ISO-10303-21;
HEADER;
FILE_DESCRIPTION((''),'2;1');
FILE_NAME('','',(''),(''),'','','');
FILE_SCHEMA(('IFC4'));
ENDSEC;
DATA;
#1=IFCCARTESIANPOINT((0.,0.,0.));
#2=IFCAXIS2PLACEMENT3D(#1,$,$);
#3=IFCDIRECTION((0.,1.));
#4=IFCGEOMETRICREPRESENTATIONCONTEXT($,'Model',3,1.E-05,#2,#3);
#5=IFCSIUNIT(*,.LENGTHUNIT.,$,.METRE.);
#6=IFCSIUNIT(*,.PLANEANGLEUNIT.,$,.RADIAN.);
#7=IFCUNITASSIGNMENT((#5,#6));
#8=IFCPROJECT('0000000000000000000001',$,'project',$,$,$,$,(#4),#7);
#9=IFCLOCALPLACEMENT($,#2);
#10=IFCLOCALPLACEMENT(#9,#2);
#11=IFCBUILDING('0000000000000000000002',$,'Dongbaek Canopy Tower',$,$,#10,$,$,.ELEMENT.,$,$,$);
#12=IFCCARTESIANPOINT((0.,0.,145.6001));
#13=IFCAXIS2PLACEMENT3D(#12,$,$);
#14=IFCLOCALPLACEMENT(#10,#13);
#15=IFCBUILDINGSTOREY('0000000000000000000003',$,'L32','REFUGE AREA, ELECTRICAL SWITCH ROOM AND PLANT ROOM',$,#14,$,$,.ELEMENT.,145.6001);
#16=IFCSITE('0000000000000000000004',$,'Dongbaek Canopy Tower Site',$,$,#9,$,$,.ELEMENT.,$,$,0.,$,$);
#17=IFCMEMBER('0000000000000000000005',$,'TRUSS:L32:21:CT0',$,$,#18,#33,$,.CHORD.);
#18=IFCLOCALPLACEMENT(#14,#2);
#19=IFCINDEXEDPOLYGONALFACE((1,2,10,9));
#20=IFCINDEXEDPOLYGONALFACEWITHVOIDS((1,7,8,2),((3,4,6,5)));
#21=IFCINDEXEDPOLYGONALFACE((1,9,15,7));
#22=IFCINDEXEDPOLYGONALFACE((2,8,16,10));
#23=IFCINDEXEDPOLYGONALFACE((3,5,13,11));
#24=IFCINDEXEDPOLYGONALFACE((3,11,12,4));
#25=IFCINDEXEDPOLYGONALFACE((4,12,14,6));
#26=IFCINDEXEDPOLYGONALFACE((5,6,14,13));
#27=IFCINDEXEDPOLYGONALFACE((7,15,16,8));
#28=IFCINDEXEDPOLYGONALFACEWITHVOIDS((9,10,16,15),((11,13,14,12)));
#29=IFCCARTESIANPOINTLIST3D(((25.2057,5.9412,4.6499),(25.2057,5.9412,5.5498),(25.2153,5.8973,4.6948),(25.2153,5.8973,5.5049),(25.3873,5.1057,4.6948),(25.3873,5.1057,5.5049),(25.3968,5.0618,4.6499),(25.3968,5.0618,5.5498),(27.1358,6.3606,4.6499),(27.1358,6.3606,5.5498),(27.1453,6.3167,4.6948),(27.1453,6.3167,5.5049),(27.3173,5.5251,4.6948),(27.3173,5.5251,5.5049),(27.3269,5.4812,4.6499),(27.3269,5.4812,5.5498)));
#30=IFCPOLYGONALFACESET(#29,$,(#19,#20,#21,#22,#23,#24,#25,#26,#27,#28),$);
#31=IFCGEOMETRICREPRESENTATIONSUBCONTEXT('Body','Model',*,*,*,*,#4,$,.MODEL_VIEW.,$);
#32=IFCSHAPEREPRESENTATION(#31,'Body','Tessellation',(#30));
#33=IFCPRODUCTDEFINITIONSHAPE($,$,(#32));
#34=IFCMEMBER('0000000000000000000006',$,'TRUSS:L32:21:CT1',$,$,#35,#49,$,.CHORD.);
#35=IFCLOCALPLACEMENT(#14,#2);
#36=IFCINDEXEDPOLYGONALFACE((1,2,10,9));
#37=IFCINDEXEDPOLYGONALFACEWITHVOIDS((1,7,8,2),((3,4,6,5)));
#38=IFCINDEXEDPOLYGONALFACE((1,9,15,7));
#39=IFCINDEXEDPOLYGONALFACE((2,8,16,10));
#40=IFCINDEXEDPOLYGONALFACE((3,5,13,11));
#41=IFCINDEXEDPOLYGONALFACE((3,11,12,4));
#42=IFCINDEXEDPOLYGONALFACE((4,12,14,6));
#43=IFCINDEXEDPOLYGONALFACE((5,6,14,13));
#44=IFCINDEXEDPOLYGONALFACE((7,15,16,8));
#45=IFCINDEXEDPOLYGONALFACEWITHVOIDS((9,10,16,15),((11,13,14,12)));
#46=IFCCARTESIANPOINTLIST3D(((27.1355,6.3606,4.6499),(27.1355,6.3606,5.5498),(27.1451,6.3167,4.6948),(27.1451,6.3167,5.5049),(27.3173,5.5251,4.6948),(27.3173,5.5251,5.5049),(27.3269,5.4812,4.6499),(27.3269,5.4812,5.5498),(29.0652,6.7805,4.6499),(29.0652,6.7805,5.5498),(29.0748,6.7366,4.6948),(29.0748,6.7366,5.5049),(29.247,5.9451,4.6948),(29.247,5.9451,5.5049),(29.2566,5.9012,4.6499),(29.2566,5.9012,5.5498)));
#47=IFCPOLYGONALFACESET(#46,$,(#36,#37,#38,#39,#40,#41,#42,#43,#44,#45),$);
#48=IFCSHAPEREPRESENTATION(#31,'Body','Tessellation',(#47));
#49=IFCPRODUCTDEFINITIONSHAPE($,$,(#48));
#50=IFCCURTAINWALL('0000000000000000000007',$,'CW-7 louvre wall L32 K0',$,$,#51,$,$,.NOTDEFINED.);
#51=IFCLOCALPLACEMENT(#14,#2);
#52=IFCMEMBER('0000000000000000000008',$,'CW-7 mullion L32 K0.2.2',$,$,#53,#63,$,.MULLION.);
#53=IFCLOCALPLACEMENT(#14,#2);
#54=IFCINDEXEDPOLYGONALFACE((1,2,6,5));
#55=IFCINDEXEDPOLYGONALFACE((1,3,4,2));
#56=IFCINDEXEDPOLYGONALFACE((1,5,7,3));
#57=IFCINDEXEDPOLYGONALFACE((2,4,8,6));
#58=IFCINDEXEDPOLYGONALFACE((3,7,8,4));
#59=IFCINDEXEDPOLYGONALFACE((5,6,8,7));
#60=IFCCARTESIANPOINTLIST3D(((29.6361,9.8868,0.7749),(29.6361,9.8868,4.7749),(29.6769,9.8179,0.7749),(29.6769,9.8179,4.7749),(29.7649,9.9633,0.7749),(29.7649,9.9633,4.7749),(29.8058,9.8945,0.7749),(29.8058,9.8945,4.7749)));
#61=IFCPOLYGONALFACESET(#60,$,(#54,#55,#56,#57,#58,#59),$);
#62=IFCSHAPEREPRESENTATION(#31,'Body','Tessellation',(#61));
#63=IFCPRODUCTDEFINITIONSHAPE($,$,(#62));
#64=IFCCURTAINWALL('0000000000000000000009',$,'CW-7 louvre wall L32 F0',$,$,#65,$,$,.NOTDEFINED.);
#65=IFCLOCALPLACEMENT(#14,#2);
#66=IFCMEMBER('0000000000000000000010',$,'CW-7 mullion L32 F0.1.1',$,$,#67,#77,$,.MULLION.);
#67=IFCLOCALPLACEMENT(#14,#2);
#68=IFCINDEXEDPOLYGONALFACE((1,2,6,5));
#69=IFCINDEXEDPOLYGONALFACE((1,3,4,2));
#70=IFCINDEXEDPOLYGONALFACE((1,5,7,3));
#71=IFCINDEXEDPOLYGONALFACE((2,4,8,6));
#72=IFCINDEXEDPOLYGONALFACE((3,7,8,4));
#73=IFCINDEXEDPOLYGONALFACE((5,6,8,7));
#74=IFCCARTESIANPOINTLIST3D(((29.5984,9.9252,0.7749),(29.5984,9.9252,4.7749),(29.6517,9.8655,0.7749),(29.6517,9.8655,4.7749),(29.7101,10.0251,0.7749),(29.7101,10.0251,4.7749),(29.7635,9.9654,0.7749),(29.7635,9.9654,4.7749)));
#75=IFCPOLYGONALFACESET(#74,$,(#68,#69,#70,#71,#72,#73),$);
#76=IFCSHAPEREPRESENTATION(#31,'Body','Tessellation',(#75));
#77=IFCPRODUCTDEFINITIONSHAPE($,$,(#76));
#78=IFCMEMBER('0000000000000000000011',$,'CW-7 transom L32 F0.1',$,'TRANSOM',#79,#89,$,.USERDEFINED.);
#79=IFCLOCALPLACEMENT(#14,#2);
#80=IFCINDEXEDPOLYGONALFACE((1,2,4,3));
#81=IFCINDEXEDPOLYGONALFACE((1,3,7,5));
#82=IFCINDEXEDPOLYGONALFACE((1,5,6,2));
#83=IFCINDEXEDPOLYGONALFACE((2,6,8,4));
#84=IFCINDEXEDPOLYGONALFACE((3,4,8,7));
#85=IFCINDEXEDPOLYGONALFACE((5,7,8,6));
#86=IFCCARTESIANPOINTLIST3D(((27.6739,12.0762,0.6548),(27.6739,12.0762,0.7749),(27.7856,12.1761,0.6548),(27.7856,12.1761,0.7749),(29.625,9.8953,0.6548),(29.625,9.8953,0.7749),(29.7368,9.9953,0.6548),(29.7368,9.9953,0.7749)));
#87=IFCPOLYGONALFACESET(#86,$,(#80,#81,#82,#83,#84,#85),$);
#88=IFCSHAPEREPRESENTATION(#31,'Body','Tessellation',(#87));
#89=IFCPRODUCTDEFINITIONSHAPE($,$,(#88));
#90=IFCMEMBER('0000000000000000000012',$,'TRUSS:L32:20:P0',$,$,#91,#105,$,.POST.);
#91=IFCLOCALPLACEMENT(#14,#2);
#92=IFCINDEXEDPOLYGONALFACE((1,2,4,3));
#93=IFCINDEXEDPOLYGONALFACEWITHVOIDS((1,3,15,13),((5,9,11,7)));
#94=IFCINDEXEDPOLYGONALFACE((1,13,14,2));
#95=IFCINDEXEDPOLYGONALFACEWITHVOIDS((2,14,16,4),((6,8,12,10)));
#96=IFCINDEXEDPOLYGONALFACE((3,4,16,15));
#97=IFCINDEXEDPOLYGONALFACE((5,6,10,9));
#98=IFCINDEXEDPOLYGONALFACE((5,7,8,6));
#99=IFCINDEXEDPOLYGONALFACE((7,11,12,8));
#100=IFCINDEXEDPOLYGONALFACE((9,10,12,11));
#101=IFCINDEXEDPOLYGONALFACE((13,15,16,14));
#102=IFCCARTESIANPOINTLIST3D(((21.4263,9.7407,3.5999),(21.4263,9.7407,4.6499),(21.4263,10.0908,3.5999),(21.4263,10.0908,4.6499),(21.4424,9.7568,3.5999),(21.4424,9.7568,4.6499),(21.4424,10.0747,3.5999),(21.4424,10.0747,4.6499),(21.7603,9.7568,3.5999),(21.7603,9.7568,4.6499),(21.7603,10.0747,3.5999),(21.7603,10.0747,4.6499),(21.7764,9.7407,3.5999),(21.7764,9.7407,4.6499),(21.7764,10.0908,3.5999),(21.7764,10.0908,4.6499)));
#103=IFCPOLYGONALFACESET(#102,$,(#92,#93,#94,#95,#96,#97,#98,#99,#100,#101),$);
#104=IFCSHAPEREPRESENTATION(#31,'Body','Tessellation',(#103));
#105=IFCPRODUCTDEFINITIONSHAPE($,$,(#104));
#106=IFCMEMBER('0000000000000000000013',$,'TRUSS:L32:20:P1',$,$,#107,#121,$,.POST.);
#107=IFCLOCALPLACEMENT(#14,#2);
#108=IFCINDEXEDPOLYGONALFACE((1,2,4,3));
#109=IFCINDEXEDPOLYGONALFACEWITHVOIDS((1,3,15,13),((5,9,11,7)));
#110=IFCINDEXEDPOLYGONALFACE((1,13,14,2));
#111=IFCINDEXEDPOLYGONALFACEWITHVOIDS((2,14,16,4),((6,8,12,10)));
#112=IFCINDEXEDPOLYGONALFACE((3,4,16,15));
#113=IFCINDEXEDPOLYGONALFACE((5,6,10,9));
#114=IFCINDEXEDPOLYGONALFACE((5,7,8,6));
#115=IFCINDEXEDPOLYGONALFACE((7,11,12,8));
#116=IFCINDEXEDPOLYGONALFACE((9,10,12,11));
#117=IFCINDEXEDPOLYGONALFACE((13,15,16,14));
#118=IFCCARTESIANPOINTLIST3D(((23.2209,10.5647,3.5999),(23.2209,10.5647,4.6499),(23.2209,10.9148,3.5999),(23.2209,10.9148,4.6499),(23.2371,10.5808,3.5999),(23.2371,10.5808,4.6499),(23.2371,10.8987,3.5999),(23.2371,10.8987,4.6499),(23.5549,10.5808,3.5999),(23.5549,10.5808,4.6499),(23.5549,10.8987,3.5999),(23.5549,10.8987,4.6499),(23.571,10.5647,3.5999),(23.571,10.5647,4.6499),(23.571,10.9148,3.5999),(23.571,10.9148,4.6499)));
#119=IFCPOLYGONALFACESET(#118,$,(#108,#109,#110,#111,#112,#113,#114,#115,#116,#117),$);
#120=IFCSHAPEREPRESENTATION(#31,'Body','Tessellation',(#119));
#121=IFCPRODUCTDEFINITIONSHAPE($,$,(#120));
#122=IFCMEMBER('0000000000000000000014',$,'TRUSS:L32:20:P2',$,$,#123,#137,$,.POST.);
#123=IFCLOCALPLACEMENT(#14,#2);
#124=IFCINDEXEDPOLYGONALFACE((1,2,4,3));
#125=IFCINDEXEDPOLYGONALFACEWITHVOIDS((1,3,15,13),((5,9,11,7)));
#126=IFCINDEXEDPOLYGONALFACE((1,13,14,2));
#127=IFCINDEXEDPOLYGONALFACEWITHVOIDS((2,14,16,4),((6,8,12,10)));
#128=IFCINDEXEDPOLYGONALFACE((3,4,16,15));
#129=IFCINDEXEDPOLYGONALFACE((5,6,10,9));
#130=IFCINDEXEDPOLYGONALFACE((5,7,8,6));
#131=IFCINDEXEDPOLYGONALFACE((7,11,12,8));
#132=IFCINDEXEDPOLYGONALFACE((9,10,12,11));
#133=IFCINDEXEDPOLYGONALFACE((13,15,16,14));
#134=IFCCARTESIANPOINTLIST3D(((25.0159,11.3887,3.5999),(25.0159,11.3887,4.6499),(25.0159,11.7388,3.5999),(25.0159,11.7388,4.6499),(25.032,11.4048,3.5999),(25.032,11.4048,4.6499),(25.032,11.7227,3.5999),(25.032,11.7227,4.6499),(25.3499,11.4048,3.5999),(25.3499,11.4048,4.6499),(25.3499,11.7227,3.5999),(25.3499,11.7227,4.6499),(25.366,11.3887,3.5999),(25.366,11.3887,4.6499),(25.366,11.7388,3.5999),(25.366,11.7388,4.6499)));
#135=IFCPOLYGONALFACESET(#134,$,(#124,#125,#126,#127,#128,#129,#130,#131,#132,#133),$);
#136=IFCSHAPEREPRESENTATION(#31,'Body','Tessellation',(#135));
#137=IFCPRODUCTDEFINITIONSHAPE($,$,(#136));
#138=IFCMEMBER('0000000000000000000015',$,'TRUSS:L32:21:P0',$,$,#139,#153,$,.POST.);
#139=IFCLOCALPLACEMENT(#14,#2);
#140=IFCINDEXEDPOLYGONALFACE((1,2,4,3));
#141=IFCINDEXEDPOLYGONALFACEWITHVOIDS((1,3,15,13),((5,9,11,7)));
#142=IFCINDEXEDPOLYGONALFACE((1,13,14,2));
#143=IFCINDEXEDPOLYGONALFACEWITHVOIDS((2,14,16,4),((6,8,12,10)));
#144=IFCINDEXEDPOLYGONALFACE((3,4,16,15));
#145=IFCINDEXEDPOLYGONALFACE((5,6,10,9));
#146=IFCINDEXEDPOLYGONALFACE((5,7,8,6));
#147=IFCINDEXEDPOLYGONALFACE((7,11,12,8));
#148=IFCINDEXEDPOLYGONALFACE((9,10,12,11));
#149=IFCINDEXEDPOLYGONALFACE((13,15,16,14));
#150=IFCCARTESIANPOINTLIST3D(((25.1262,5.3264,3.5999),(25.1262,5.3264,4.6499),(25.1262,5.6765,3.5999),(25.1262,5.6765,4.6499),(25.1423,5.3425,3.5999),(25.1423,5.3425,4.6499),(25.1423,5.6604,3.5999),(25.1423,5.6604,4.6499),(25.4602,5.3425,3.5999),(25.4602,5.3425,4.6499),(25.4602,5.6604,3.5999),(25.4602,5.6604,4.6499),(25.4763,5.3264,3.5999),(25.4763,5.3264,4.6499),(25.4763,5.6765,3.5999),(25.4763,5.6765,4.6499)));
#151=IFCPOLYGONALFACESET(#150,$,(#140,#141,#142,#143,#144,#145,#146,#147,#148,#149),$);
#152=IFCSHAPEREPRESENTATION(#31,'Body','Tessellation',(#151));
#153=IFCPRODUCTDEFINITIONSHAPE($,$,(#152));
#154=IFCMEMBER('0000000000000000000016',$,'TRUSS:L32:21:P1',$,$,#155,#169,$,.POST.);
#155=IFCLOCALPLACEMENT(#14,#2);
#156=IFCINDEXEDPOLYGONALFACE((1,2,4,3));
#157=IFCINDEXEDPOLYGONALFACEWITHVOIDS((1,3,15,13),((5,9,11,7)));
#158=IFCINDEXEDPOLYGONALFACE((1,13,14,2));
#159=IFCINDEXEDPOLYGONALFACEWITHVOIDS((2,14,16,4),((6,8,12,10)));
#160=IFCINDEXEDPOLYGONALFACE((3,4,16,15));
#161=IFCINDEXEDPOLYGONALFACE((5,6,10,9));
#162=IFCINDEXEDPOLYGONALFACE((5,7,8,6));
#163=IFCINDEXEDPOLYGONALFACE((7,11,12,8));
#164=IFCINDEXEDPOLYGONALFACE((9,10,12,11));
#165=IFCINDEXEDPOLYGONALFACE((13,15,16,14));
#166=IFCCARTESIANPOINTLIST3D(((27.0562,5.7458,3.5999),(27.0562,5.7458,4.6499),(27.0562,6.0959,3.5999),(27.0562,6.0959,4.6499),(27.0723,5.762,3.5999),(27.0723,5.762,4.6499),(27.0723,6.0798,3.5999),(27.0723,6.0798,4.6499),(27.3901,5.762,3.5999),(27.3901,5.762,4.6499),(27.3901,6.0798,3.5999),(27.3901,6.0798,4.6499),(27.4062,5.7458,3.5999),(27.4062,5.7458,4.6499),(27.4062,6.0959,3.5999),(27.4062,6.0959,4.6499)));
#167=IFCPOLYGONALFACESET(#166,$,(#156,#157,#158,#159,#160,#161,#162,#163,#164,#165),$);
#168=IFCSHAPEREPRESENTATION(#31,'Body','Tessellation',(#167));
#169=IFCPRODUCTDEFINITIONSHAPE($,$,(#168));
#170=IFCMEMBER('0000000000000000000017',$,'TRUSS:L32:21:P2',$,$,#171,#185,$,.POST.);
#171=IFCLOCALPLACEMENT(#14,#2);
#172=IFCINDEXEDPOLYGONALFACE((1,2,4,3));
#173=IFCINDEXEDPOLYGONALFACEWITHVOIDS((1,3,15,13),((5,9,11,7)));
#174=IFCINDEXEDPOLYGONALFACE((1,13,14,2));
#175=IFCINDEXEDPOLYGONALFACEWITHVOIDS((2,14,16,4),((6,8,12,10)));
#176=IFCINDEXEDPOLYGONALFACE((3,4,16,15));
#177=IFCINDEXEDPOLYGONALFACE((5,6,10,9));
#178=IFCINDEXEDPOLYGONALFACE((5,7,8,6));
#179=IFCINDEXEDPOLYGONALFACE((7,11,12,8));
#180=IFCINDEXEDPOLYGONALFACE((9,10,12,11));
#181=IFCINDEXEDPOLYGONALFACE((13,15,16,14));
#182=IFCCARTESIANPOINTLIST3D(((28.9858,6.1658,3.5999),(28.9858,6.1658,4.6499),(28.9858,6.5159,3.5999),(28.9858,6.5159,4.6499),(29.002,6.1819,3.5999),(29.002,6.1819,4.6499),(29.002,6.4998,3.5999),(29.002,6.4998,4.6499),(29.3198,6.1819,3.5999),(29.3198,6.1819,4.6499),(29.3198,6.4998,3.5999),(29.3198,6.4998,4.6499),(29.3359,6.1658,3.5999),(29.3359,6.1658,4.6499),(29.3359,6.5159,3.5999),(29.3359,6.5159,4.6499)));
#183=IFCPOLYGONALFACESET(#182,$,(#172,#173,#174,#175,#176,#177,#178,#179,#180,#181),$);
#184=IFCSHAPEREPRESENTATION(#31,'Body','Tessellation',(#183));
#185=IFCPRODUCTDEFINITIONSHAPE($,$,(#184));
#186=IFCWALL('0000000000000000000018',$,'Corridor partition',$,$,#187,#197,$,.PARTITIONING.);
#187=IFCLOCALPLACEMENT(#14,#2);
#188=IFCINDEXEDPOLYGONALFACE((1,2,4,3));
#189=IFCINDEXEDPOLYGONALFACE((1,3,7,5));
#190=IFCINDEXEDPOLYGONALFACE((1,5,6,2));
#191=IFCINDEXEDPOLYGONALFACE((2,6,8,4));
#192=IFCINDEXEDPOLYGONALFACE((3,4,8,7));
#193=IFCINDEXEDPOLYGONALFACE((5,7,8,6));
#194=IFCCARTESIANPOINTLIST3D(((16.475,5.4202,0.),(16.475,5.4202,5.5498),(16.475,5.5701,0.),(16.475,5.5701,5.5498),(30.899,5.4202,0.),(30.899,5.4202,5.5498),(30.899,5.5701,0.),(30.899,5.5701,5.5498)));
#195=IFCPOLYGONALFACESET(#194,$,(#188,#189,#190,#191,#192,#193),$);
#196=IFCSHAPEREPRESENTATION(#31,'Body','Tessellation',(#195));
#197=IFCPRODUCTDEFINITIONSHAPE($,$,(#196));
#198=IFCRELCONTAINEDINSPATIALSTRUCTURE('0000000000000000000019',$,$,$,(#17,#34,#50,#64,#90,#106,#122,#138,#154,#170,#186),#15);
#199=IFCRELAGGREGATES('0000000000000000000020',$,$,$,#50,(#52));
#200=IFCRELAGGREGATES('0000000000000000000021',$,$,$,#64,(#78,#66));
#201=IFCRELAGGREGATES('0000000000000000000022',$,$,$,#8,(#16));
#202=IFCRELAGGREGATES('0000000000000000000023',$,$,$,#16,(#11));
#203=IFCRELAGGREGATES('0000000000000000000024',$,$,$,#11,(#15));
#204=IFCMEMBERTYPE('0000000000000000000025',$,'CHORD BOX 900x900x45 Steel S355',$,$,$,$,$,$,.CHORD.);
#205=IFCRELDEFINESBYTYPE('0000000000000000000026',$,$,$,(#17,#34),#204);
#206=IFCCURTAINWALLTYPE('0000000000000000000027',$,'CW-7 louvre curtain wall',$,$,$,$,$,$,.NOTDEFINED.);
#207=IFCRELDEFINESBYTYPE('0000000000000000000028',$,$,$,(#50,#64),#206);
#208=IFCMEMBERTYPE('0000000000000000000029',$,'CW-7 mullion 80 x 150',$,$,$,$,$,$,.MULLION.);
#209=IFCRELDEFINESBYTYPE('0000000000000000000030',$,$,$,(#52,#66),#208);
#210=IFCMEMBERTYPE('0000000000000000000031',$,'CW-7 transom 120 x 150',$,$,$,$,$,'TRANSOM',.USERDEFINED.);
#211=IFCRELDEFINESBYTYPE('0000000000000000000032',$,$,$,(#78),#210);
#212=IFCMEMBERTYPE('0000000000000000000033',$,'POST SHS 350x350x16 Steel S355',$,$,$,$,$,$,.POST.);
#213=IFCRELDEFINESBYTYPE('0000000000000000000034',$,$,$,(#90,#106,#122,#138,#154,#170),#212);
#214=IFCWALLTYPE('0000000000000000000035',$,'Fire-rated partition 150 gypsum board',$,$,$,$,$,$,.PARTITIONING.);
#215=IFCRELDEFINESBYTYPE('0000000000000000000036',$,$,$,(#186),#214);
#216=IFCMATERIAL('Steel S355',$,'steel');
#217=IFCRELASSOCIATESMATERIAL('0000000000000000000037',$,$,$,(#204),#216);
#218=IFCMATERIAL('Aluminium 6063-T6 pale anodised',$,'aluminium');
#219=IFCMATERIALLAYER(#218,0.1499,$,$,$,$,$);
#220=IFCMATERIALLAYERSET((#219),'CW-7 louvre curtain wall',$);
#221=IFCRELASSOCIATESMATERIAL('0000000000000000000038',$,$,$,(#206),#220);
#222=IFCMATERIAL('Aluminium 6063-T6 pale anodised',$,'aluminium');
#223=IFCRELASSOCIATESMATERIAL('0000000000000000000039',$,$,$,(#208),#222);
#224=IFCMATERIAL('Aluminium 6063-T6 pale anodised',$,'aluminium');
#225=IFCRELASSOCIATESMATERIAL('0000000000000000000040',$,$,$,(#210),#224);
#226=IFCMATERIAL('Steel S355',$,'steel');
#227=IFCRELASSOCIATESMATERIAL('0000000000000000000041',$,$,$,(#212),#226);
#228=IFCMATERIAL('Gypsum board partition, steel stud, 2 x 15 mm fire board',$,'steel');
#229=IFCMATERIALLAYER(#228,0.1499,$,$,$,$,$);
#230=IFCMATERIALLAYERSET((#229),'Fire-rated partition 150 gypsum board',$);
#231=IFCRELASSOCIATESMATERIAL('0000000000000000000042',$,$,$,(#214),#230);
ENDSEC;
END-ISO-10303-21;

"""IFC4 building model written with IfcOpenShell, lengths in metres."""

from ifc_helpers import new_model, si_unit, direction, frame, frame_2d, origin, origin_2d, place, context, subcontext, project, spatial, rectangle, hollow_rectangle, extrude, material, layer, layer_set, material_profile, profile_set, type_object, element, aggregate, save


model = new_model("IFC4")

# Units and contexts
model_context = context("Model", 3, precision=1e-05, world=origin(), true_north=direction((0.0, 1.0)))
body_context = subcontext(model_context, "Body", "Model", "MODEL_VIEW")
ifc_project = project(units=[si_unit("LENGTHUNIT", "METRE"), si_unit("PLANEANGLEUNIT", "RADIAN")], contexts=[model_context])

# Site, building, storey
site_placement = place(None, origin())
site = spatial("IfcSite", under=ifc_project, at=site_placement, Name="Dongbaek Canopy Tower Site", CompositionType="ELEMENT", RefElevation=0.0)
building_placement = place(site_placement, origin())
building = spatial("IfcBuilding", under=site, at=building_placement, Name="Dongbaek Canopy Tower", CompositionType="ELEMENT")
storey_placement = place(building_placement, frame((0.0, 0.0, 145.6001)))
storey = spatial("IfcBuildingStorey", under=building, at=storey_placement, Name="L32", Description="REFUGE AREA, ELECTRICAL SWITCH ROOM AND PLANT ROOM", CompositionType="ELEMENT", Elevation=145.6001)

# Members
ifc_material_1 = material(Name="Steel S355", Category="steel")
ifc_material_profile_1 = material_profile(ifc_material_1, hollow_rectangle(XDim=0.8999, YDim=0.8999, WallThickness=0.0449, at=origin_2d()), Name="CHORD BOX 900x900x45 Steel S355")
ifc_profile_set_1 = profile_set([ifc_material_profile_1], Name="Steel S355")
member_type_1 = type_object("IfcMemberType", Name="CHORD BOX 900x900x45 Steel S355", PredefinedType="CHORD", material=ifc_profile_set_1)
member_1_placement = place(storey_placement, frame((25.3013, 5.5015, 5.0999), z_axis=(0.977189, 0.212373, 0.0), x_axis=(-0.212373, 0.977189, 0.0)))
element("IfcMember", 1, at=member_1_placement, inside=storey, type_object=member_type_1, Name="TRUSS:L32:21:CT0", PredefinedType="CHORD", context=body_context, shape_type="SweptSolid", body=[
    extrude(hollow_rectangle(XDim=0.8999, YDim=0.8999, WallThickness=0.0449, at=origin_2d()), origin(), (0.0, 0.0, 1.0), 1.9751),
])
member_2_placement = place(storey_placement, frame((27.2312, 5.9209, 5.0999), z_axis=(0.977132, 0.212635, 0.0), x_axis=(-0.212635, 0.977132, 0.0)))
element("IfcMember", 2, at=member_2_placement, inside=storey, type_object=member_type_1, Name="TRUSS:L32:21:CT1", PredefinedType="CHORD", context=body_context, shape_type="SweptSolid", body=[
    extrude(hollow_rectangle(XDim=0.8999, YDim=0.8999, WallThickness=0.0449, at=origin_2d()), origin(), (0.0, 0.0, 1.0), 1.9749),
])

# Curtain wall, member
ifc_material_2 = material(Name="Aluminium 6063-T6 pale anodised", Category="aluminium")
ifc_layer_1 = layer(ifc_material_2, 0.1499)
ifc_layer_set_1 = layer_set([ifc_layer_1], Name="CW-7 louvre curtain wall")
curtain_wall_type = type_object("IfcCurtainWallType", Name="CW-7 louvre curtain wall", PredefinedType="NOTDEFINED", material=ifc_layer_set_1)
curtain_wall_1_placement = place(storey_placement, origin())
curtain_wall_1 = element("IfcCurtainWall", 3, at=curtain_wall_1_placement, inside=storey, type_object=curtain_wall_type, Name="CW-7 louvre wall L32 K0", PredefinedType="NOTDEFINED")
ifc_material_3 = material(Name="Aluminium 6063-T6 pale anodised", Category="aluminium")
ifc_material_profile_2 = material_profile(ifc_material_3, rectangle(XDim=0.1499, YDim=0.0801, at=origin_2d()), Name="CW-7 mullion 80 x 150")
ifc_profile_set_2 = profile_set([ifc_material_profile_2], Name="Aluminium 6063-T6 pale anodised")
member_type_2 = type_object("IfcMemberType", Name="CW-7 mullion 80 x 150", PredefinedType="MULLION", material=ifc_profile_set_2)
member_3_placement = place(storey_placement, frame((29.7209, 9.8906, 0.7749), z_axis=(0.0, 0.0, 1.0), x_axis=(0.85983, 0.51058, 0.0)))
member_3 = element("IfcMember", 4, at=member_3_placement, type_object=member_type_2, Name="CW-7 mullion L32 K0.2.2", PredefinedType="MULLION", context=body_context, shape_type="SweptSolid", body=[
    extrude(rectangle(XDim=0.1499, YDim=0.0801, at=origin_2d()), origin(), (0.0, 0.0, 1.0), 4.0),
])

# Curtain wall, members
curtain_wall_2_placement = place(storey_placement, origin())
curtain_wall_2 = element("IfcCurtainWall", 5, at=curtain_wall_2_placement, inside=storey, type_object=curtain_wall_type, Name="CW-7 louvre wall L32 F0", PredefinedType="NOTDEFINED")
member_4_placement = place(storey_placement, frame((29.6809, 9.9453, 0.7749), z_axis=(0.0, 0.0, 1.0), x_axis=(0.745312, 0.666716, 0.0)))
member_4 = element("IfcMember", 6, at=member_4_placement, type_object=member_type_2, Name="CW-7 mullion L32 F0.1.1", PredefinedType="MULLION", context=body_context, shape_type="SweptSolid", body=[
    extrude(rectangle(XDim=0.1499, YDim=0.0801, at=origin_2d()), origin(), (0.0, 0.0, 1.0), 4.0),
])
ifc_material_4 = material(Name="Aluminium 6063-T6 pale anodised", Category="aluminium")
ifc_material_profile_3 = material_profile(ifc_material_4, rectangle(XDim=0.1499, YDim=0.1201, at=origin_2d()), Name="CW-7 transom 120 x 150")
ifc_profile_set_3 = profile_set([ifc_material_profile_3], Name="Aluminium 6063-T6 pale anodised")
member_type_3 = type_object("IfcMemberType", Name="CW-7 transom 120 x 150", ElementType="TRANSOM", PredefinedType="USERDEFINED", material=ifc_profile_set_3)
member_5_placement = place(storey_placement, frame((29.6809, 9.9453, 0.7148), z_axis=(-0.666763, 0.74527, 0.0), x_axis=(-0.74527, -0.666763, 0.0)))
member_5 = element("IfcMember", 7, at=member_5_placement, type_object=member_type_3, Name="CW-7 transom L32 F0.1", ObjectType="TRANSOM", PredefinedType="USERDEFINED", context=body_context, shape_type="SweptSolid", body=[
    extrude(rectangle(XDim=0.1499, YDim=0.1201, at=origin_2d()), origin(), (0.0, 0.0, 1.0), 2.9263),
])

# Members
ifc_material_5 = material(Name="Steel S355", Category="steel")
ifc_material_profile_4 = material_profile(ifc_material_5, hollow_rectangle(XDim=0.3501, YDim=0.3501, WallThickness=0.0161, at=origin_2d()), Name="POST SHS 350x350x16 Steel S355")
ifc_profile_set_4 = profile_set([ifc_material_profile_4], Name="Steel S355")
member_type_4 = type_object("IfcMemberType", Name="POST SHS 350x350x16 Steel S355", PredefinedType="POST", material=ifc_profile_set_4)
for number, where, z_axis, x_axis, name in (
    (8, (21.6013, 9.9158, 3.5999), (0.0, 0.0, 1.0), (1.0, 0.0, 0.0), "TRUSS:L32:20:P0"),
    (9, (23.396, 10.7397, 3.5999), (0.0, 0.0, 1.0), (1.0, 0.0, 0.0), "TRUSS:L32:20:P1"),
    (10, (25.1909, 11.5637, 3.5999), (0.0, 0.0, 1.0), (1.0, 0.0, 0.0), "TRUSS:L32:20:P2"),
    (11, (25.3013, 5.5015, 3.5999), (0.0, 0.0, 1.0), (1.0, 0.0, 0.0), "TRUSS:L32:21:P0"),
    (12, (27.2312, 5.9209, 3.5999), (0.0, 0.0, 1.0), (1.0, 0.0, 0.0), "TRUSS:L32:21:P1"),
    (13, (29.1609, 6.3408, 3.5999), (0.0, 0.0, 1.0), (1.0, 0.0, 0.0), "TRUSS:L32:21:P2"),
):
    element("IfcMember", number, at=place(storey_placement, frame(where, z_axis=z_axis, x_axis=x_axis)), inside=storey, type_object=member_type_4, Name=name, PredefinedType="POST", context=body_context, shape_type="SweptSolid", body=[
        extrude(hollow_rectangle(XDim=0.3501, YDim=0.3501, WallThickness=0.0161, at=origin_2d()), origin(), (0.0, 0.0, 1.0), 1.05),
    ])

# Wall
ifc_material_6 = material(Name="Gypsum board partition, steel stud, 2 x 15 mm fire board", Category="steel")
ifc_layer_2 = layer(ifc_material_6, 0.1499)
ifc_layer_set_2 = layer_set([ifc_layer_2], Name="Fire-rated partition 150 gypsum board")
wall_type_1 = type_object("IfcWallType", Name="Fire-rated partition 150 gypsum board", PredefinedType="PARTITIONING", material=ifc_layer_set_2)
wall_1_placement = place(storey_placement, frame((16.4751, 5.4951, 0.0), z_axis=(0.0, 0.0, 1.0), x_axis=(1.0, 0.0, 0.0)))
element("IfcWall", 14, at=wall_1_placement, inside=storey, type_object=wall_type_1, Name="Corridor partition", PredefinedType="PARTITIONING", context=body_context, shape_type="SweptSolid", body=[
    extrude(rectangle(XDim=14.4241, YDim=0.1499, at=frame_2d((7.2119, 0.0))), origin(), (0.0, 0.0, 1.0), 5.5498),
])

aggregate(curtain_wall_1, [member_3])
aggregate(curtain_wall_2, [member_5, member_4])

save(model, "model.ifc")
